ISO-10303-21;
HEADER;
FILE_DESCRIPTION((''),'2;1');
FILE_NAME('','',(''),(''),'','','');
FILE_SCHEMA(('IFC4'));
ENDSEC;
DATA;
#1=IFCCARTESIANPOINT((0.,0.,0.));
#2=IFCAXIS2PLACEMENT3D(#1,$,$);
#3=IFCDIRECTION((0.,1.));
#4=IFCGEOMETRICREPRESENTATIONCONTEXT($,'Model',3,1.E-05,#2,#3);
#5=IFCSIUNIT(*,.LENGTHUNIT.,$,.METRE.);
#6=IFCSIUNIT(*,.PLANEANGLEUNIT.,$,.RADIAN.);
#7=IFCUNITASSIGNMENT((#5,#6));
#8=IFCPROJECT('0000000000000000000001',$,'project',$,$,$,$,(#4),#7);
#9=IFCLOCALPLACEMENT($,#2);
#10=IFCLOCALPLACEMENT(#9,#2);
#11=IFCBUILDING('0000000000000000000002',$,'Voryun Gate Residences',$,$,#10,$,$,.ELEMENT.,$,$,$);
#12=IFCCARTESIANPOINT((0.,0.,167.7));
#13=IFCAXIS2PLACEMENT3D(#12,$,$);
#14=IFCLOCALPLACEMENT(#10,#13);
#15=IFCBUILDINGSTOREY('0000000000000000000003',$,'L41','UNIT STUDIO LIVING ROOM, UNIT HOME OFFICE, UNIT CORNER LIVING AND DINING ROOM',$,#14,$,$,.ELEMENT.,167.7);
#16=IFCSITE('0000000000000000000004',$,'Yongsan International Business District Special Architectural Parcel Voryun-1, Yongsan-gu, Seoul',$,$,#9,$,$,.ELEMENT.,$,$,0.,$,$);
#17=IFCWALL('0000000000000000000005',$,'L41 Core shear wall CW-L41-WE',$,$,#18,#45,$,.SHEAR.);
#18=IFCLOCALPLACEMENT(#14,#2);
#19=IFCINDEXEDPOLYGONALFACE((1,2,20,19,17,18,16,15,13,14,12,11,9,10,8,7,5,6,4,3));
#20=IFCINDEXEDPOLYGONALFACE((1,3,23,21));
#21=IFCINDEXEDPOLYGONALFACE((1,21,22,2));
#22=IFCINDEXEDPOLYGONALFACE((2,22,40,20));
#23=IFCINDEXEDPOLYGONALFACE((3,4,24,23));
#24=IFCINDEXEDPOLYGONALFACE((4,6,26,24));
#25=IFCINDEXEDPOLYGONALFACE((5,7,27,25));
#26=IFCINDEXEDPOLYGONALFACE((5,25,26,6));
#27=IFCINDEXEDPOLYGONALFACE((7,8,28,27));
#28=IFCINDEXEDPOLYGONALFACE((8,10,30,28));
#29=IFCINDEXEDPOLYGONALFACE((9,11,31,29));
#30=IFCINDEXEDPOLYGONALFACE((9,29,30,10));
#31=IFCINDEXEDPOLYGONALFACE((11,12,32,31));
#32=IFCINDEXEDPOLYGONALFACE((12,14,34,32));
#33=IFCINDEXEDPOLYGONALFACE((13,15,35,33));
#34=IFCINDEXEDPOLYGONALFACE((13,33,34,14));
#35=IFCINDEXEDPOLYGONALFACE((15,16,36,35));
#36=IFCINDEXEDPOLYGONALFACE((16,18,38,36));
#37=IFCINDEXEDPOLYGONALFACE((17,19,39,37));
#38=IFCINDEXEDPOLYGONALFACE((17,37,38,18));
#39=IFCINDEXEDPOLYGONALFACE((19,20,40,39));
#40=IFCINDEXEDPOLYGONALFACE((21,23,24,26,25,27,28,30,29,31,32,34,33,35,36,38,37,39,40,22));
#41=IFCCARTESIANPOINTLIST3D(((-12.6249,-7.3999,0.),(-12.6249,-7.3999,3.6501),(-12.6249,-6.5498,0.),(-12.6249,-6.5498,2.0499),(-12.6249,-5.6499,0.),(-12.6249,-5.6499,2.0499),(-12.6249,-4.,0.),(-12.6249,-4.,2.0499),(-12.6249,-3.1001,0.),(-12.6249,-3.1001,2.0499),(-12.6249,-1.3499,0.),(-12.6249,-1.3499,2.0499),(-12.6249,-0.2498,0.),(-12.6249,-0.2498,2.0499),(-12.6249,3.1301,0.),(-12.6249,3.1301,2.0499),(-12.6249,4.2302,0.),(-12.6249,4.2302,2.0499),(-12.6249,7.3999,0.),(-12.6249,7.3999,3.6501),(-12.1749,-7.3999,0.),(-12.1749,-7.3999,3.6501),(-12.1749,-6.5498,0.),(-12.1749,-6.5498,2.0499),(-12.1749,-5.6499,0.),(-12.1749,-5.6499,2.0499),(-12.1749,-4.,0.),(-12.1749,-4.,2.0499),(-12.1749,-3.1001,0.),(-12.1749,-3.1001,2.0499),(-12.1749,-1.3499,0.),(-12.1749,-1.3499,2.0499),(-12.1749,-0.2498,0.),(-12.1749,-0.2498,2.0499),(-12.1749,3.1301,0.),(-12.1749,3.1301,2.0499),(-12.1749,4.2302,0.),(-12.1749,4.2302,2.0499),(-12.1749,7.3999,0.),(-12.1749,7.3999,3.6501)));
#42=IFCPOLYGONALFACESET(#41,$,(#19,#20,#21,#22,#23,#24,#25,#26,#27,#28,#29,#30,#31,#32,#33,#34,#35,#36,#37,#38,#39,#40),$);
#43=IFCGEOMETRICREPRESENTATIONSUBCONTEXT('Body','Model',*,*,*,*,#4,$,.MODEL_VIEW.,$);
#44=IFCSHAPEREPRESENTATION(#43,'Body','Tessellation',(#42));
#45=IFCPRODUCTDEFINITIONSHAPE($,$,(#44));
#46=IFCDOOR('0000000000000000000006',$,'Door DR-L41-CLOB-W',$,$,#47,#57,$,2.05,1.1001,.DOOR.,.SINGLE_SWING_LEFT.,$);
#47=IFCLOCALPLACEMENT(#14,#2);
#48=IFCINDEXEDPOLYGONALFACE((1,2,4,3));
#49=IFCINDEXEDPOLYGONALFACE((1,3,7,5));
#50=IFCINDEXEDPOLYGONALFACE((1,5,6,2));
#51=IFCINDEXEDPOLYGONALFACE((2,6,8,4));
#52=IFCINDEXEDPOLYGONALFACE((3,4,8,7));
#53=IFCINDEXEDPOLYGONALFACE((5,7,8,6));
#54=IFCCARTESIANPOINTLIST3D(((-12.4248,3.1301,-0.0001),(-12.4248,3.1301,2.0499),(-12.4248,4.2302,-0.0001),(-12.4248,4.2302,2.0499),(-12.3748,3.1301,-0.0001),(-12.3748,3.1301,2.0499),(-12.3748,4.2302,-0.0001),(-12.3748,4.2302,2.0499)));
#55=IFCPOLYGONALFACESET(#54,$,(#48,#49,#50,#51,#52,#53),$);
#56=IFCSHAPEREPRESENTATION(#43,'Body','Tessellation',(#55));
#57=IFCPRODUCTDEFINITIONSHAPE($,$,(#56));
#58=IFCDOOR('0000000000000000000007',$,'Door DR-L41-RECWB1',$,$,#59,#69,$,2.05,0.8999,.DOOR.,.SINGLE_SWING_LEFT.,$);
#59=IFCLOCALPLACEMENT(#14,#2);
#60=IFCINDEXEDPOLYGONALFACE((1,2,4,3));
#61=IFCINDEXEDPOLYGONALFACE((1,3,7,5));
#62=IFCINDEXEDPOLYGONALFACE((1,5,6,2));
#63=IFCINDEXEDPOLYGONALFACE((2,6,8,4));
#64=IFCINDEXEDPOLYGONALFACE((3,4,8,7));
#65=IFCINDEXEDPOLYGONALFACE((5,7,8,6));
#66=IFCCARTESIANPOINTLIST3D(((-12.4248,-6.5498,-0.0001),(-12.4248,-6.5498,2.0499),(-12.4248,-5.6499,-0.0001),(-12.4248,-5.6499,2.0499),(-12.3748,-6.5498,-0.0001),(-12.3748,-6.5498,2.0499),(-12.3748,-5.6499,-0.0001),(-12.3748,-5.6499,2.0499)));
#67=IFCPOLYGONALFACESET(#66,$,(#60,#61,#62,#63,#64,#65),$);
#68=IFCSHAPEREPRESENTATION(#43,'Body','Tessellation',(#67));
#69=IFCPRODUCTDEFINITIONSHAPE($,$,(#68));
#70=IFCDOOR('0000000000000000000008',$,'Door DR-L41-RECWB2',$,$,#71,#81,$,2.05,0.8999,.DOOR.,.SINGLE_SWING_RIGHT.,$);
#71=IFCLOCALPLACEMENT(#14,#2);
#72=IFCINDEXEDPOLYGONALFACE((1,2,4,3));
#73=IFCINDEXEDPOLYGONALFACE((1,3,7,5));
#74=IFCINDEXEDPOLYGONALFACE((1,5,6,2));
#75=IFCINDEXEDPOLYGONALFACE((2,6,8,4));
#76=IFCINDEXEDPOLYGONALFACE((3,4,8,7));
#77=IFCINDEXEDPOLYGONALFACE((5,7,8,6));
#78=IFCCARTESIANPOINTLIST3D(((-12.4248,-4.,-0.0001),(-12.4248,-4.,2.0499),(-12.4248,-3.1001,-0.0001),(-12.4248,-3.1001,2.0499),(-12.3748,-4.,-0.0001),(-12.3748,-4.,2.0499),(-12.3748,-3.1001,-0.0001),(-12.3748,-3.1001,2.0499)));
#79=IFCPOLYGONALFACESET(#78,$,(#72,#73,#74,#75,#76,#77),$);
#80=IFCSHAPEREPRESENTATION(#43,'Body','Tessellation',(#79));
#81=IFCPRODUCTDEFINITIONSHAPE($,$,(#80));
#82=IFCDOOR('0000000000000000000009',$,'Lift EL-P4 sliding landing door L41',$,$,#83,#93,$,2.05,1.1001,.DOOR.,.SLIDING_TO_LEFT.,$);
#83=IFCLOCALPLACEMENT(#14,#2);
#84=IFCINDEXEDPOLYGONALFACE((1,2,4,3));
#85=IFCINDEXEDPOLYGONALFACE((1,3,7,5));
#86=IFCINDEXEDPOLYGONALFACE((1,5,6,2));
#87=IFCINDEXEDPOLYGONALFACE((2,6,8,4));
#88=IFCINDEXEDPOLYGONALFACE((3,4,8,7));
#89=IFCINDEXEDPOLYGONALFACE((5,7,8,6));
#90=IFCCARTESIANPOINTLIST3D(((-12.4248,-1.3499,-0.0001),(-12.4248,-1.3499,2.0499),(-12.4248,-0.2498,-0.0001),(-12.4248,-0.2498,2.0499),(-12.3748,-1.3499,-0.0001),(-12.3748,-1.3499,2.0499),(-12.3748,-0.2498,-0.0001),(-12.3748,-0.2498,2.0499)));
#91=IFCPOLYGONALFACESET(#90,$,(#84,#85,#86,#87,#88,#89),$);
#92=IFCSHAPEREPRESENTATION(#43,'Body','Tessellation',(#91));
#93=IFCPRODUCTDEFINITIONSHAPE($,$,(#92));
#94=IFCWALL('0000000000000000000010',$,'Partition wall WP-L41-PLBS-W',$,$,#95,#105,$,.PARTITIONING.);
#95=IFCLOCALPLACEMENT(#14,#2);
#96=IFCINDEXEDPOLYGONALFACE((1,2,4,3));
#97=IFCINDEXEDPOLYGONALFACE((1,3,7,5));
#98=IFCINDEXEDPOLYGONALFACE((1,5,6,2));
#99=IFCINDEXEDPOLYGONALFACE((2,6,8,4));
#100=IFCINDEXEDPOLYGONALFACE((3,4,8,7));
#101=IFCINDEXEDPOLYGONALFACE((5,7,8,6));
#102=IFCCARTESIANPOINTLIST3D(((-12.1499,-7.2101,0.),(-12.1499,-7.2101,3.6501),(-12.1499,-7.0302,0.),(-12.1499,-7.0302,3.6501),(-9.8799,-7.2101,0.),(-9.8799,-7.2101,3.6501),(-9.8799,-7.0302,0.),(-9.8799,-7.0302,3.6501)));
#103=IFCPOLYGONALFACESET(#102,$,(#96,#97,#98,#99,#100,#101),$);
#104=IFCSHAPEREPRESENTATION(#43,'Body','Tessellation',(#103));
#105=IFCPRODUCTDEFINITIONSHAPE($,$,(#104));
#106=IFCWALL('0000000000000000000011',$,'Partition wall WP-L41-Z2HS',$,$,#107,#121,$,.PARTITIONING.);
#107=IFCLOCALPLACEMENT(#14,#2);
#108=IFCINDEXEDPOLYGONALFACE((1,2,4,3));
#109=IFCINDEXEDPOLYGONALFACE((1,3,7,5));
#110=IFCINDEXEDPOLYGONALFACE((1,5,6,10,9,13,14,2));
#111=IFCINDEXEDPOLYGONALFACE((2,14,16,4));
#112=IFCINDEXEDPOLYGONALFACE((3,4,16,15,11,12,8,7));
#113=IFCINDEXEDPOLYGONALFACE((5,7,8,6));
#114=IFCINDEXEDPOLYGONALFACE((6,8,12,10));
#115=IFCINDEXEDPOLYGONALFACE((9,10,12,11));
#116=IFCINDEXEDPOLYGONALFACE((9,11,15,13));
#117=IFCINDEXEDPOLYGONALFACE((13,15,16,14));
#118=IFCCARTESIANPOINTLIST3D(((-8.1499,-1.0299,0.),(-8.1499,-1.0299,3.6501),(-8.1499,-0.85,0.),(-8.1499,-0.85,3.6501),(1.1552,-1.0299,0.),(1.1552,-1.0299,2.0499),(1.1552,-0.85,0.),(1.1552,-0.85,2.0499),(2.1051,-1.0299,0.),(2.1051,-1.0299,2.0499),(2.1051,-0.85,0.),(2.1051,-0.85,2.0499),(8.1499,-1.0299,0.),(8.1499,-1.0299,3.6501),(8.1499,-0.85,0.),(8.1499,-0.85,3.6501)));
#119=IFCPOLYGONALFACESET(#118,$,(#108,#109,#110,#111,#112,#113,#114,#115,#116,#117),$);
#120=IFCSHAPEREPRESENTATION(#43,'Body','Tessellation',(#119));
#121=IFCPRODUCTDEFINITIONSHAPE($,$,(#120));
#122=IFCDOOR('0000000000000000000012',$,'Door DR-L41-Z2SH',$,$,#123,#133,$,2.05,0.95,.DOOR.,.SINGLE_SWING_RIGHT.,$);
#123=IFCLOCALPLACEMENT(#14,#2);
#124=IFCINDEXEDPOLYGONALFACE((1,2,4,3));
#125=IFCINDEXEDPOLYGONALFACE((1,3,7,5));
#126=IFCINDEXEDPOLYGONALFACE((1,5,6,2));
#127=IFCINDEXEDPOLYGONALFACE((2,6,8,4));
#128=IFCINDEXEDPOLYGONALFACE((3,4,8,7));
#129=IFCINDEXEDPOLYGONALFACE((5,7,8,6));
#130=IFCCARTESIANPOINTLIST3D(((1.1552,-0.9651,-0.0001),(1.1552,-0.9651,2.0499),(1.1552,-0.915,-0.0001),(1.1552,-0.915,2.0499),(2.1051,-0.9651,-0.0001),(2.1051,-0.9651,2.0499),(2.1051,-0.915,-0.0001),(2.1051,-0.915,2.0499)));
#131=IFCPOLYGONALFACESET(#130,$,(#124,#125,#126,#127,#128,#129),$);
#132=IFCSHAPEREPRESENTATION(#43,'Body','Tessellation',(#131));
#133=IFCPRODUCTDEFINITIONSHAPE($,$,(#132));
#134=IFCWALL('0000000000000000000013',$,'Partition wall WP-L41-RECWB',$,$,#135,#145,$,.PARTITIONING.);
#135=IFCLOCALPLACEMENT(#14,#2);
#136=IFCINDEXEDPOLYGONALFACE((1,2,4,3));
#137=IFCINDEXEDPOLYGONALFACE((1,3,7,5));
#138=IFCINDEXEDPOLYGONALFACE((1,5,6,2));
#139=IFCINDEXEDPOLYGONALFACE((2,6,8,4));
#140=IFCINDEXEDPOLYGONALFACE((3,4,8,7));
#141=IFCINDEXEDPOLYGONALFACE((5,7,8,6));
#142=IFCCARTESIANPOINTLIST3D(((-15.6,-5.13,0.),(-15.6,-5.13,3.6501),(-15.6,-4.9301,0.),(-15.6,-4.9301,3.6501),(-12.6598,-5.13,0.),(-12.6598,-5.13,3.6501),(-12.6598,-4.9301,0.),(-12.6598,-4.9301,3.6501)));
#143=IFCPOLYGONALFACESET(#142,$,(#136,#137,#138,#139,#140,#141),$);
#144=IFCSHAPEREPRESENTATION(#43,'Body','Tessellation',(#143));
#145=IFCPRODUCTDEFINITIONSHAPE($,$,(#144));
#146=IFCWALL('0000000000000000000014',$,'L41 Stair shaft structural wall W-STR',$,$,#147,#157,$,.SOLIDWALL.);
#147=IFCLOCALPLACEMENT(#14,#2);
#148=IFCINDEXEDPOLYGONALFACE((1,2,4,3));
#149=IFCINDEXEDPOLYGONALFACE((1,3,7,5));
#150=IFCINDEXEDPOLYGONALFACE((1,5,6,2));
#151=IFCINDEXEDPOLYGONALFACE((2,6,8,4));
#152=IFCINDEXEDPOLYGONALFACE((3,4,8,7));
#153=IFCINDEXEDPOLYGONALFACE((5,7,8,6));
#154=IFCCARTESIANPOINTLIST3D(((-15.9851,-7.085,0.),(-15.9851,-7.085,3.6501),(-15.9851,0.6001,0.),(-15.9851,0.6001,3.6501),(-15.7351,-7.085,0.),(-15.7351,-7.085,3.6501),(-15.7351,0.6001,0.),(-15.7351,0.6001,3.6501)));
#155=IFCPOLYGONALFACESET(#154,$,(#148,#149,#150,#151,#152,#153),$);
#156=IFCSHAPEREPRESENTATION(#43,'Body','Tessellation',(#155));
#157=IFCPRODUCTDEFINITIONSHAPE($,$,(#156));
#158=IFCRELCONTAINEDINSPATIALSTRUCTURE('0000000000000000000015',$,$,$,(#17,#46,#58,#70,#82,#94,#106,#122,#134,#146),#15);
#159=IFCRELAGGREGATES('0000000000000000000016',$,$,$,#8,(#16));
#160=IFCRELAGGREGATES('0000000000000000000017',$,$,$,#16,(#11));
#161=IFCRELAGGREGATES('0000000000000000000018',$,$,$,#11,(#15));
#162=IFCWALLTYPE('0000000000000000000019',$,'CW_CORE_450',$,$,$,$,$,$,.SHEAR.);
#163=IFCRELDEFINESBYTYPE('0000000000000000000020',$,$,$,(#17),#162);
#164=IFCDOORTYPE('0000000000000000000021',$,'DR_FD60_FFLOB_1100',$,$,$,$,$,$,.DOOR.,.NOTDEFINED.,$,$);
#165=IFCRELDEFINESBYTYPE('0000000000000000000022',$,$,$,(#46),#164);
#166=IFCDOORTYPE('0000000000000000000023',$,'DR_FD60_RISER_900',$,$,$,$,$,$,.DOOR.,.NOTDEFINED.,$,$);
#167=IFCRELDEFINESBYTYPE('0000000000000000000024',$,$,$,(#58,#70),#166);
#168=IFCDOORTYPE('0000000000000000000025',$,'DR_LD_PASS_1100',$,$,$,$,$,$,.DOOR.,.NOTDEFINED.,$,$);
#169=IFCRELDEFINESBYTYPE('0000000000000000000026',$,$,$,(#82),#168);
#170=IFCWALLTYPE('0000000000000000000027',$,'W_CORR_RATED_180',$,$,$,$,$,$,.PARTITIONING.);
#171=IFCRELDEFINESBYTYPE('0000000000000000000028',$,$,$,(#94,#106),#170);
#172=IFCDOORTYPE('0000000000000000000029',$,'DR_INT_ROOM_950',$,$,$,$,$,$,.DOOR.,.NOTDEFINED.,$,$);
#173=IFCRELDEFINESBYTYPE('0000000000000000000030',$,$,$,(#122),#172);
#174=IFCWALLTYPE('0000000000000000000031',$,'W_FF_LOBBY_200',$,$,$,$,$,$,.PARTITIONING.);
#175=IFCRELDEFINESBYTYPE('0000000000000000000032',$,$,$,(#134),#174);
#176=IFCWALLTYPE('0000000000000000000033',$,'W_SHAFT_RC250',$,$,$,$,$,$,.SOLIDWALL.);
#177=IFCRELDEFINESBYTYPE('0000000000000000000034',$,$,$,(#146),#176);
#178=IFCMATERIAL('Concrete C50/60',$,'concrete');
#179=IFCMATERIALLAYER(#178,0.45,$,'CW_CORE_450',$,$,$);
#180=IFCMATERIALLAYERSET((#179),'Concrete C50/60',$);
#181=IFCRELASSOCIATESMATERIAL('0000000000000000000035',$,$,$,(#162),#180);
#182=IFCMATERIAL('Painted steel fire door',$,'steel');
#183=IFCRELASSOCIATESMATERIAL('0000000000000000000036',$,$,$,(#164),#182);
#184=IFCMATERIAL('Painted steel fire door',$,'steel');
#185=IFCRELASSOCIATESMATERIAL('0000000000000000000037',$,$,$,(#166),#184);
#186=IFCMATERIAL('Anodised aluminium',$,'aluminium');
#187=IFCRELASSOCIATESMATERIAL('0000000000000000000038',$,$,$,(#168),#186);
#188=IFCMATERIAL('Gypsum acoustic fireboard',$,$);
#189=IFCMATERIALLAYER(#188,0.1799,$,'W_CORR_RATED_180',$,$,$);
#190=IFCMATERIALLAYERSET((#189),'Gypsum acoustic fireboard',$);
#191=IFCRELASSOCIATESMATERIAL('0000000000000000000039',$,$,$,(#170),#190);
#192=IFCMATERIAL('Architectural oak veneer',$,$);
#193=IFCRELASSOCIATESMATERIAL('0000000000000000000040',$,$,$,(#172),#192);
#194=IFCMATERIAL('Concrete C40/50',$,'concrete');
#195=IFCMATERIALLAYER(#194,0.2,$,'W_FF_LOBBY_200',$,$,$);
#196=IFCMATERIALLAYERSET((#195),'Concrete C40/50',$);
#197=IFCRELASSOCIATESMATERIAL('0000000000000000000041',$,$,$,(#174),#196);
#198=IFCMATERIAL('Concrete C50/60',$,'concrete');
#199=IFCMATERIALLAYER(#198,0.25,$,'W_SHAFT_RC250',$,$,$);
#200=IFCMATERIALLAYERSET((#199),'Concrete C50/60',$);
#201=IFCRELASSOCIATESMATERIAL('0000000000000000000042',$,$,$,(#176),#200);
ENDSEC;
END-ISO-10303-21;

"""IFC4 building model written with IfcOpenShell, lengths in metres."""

from ifc_helpers import new_model, si_unit, direction, frame, frame_2d, origin, place, context, subcontext, project, spatial, rectangle, extrude, material, layer, layer_set, type_object, element, fill, save


model = new_model("IFC4")

# Units and contexts
model_context = context("Model", 3, precision=1e-05, world=origin(), true_north=direction((0.0, 1.0)))
body_context = subcontext(model_context, "Body", "Model", "MODEL_VIEW")
ifc_project = project(units=[si_unit("LENGTHUNIT", "METRE"), si_unit("PLANEANGLEUNIT", "RADIAN")], contexts=[model_context])

# Site, building, storey
site_placement = place(None, origin())
site = spatial("IfcSite", under=ifc_project, at=site_placement, Name="Yongsan International Business District Special Architectural Parcel Voryun-1, Yongsan-gu, Seoul", CompositionType="ELEMENT", RefElevation=0.0)
building_placement = place(site_placement, origin())
building = spatial("IfcBuilding", under=site, at=building_placement, Name="Voryun Gate Residences", CompositionType="ELEMENT")
storey_placement = place(building_placement, frame((0.0, 0.0, 167.7)))
storey = spatial("IfcBuildingStorey", under=building, at=storey_placement, Name="L41", Description="UNIT STUDIO LIVING ROOM, UNIT HOME OFFICE, UNIT CORNER LIVING AND DINING ROOM", CompositionType="ELEMENT", Elevation=167.7)

# Wall, openings, doors
ifc_material_1 = material(Name="Concrete C50/60", Category="concrete")
ifc_layer_1 = layer(ifc_material_1, 0.45, Name="CW_CORE_450")
ifc_layer_set_1 = layer_set([ifc_layer_1], Name="Concrete C50/60")
wall_type_1 = type_object("IfcWallType", Name="CW_CORE_450", PredefinedType="SHEAR", material=ifc_layer_set_1)
wall_1_placement = place(storey_placement, frame((-12.3999, -7.3999, 0.0), z_axis=(0.0, 0.0, 1.0), x_axis=(0.0, 1.0, 0.0)))
wall_1 = element("IfcWall", 1, at=wall_1_placement, inside=storey, type_object=wall_type_1, Name="L41 Core shear wall CW-L41-WE", PredefinedType="SHEAR", context=body_context, shape_type="SweptSolid", body=[
    extrude(rectangle(XDim=14.7998, YDim=0.45, at=frame_2d((7.3999, 0.0))), origin(), (0.0, 0.0, 1.0), 3.6501),
])
opening_1_placement = place(wall_1_placement, frame((6.05, 0.0, 0.0)))
opening_1 = element("IfcOpeningElement", 2, at=opening_1_placement, cuts=wall_1, PredefinedType="OPENING", context=body_context, shape_type="SweptSolid", body=[
    extrude(rectangle(XDim=1.1001, YDim=2.05, at=frame_2d((0.55, 1.0249))), frame((0.0, 0.2351, 0.0), z_axis=(0.0, -1.0, 0.0), x_axis=(1.0, 0.0, 0.0)), (0.0, 0.0, 1.0), 0.47),
])
opening_2_placement = place(wall_1_placement, frame((10.53, 0.0, 0.0)))
opening_2 = element("IfcOpeningElement", 3, at=opening_2_placement, cuts=wall_1, PredefinedType="OPENING", context=body_context, shape_type="SweptSolid", body=[
    extrude(rectangle(XDim=1.1001, YDim=2.05, at=frame_2d((0.55, 1.0249))), frame((0.0, 0.2351, 0.0), z_axis=(0.0, -1.0, 0.0), x_axis=(1.0, 0.0, 0.0)), (0.0, 0.0, 1.0), 0.47),
])
opening_3_placement = place(wall_1_placement, frame((0.8501, 0.0, 0.0)))
opening_3 = element("IfcOpeningElement", 4, at=opening_3_placement, cuts=wall_1, PredefinedType="OPENING", context=body_context, shape_type="SweptSolid", body=[
    extrude(rectangle(XDim=0.8999, YDim=2.05, at=frame_2d((0.45, 1.0249))), frame((0.0, 0.2351, 0.0), z_axis=(0.0, -1.0, 0.0), x_axis=(1.0, 0.0, 0.0)), (0.0, 0.0, 1.0), 0.47),
])
opening_4_placement = place(wall_1_placement, frame((3.3999, 0.0, 0.0)))
opening_4 = element("IfcOpeningElement", 5, at=opening_4_placement, cuts=wall_1, PredefinedType="OPENING", context=body_context, shape_type="SweptSolid", body=[
    extrude(rectangle(XDim=0.8999, YDim=2.05, at=frame_2d((0.45, 1.0249))), frame((0.0, 0.2351, 0.0), z_axis=(0.0, -1.0, 0.0), x_axis=(1.0, 0.0, 0.0)), (0.0, 0.0, 1.0), 0.47),
])
ifc_material_2 = material(Name="Painted steel fire door", Category="steel")
door_type_1 = type_object("IfcDoorType", Name="DR_FD60_FFLOB_1100", OperationType="NOTDEFINED", PredefinedType="DOOR", material=ifc_material_2)
door_1_placement = place(opening_2_placement, origin())
door_1 = element("IfcDoor", 6, at=door_1_placement, inside=storey, type_object=door_type_1, Name="Door DR-L41-CLOB-W", OperationType="SINGLE_SWING_LEFT", OverallHeight=2.05, OverallWidth=1.1001, PredefinedType="DOOR", context=body_context, shape_type="SweptSolid", body=[
    extrude(rectangle(XDim=1.1001, YDim=2.05, at=frame_2d((0.55, 1.0249))), frame((0.0, 0.0249, 0.0), z_axis=(0.0, -1.0, 0.0), x_axis=(1.0, 0.0, 0.0)), (0.0, 0.0, 1.0), 0.05),
])
fill(opening_2, door_1)
ifc_material_3 = material(Name="Painted steel fire door", Category="steel")
door_type_2 = type_object("IfcDoorType", Name="DR_FD60_RISER_900", OperationType="NOTDEFINED", PredefinedType="DOOR", material=ifc_material_3)
door_2_placement = place(opening_3_placement, origin())
door_2 = element("IfcDoor", 7, at=door_2_placement, inside=storey, type_object=door_type_2, Name="Door DR-L41-RECWB1", OperationType="SINGLE_SWING_LEFT", OverallHeight=2.05, OverallWidth=0.8999, PredefinedType="DOOR", context=body_context, shape_type="SweptSolid", body=[
    extrude(rectangle(XDim=0.8999, YDim=2.05, at=frame_2d((0.45, 1.0249))), frame((0.0, 0.0249, 0.0), z_axis=(0.0, -1.0, 0.0), x_axis=(1.0, 0.0, 0.0)), (0.0, 0.0, 1.0), 0.05),
])
fill(opening_3, door_2)
door_3_placement = place(opening_4_placement, origin())
door_3 = element("IfcDoor", 8, at=door_3_placement, inside=storey, type_object=door_type_2, Name="Door DR-L41-RECWB2", OperationType="SINGLE_SWING_RIGHT", OverallHeight=2.05, OverallWidth=0.8999, PredefinedType="DOOR", context=body_context, shape_type="SweptSolid", body=[
    extrude(rectangle(XDim=0.8999, YDim=2.05, at=frame_2d((0.45, 1.0249))), frame((0.0, 0.0249, 0.0), z_axis=(0.0, -1.0, 0.0), x_axis=(1.0, 0.0, 0.0)), (0.0, 0.0, 1.0), 0.05),
])
fill(opening_4, door_3)
ifc_material_4 = material(Name="Anodised aluminium", Category="aluminium")
door_type_3 = type_object("IfcDoorType", Name="DR_LD_PASS_1100", OperationType="NOTDEFINED", PredefinedType="DOOR", material=ifc_material_4)
door_4_placement = place(opening_1_placement, origin())
door_4 = element("IfcDoor", 9, at=door_4_placement, inside=storey, type_object=door_type_3, Name="Lift EL-P4 sliding landing door L41", OperationType="SLIDING_TO_LEFT", OverallHeight=2.05, OverallWidth=1.1001, PredefinedType="DOOR", context=body_context, shape_type="SweptSolid", body=[
    extrude(rectangle(XDim=1.1001, YDim=2.05, at=frame_2d((0.55, 1.0249))), frame((0.0, 0.0249, 0.0), z_axis=(0.0, -1.0, 0.0), x_axis=(1.0, 0.0, 0.0)), (0.0, 0.0, 1.0), 0.05),
])
fill(opening_1, door_4)

# Wall
ifc_material_5 = material(Name="Gypsum acoustic fireboard")
ifc_layer_2 = layer(ifc_material_5, 0.1799, Name="W_CORR_RATED_180")
ifc_layer_set_2 = layer_set([ifc_layer_2], Name="Gypsum acoustic fireboard")
wall_type_2 = type_object("IfcWallType", Name="W_CORR_RATED_180", PredefinedType="PARTITIONING", material=ifc_layer_set_2)
wall_2_placement = place(storey_placement, frame((-12.1499, -7.1201, 0.0), z_axis=(0.0, 0.0, 1.0), x_axis=(1.0, 0.0, 0.0)))
element("IfcWall", 10, at=wall_2_placement, inside=storey, type_object=wall_type_2, Name="Partition wall WP-L41-PLBS-W", PredefinedType="PARTITIONING", context=body_context, shape_type="SweptSolid", body=[
    extrude(rectangle(XDim=2.27, YDim=0.1799, at=frame_2d((1.135, 0.0))), origin(), (0.0, 0.0, 1.0), 3.6501),
])

# Wall, opening, door
wall_3_placement = place(storey_placement, frame((-8.1499, -0.9399, 0.0), z_axis=(0.0, 0.0, 1.0), x_axis=(1.0, 0.0, 0.0)))
wall_3 = element("IfcWall", 11, at=wall_3_placement, inside=storey, type_object=wall_type_2, Name="Partition wall WP-L41-Z2HS", PredefinedType="PARTITIONING", context=body_context, shape_type="SweptSolid", body=[
    extrude(rectangle(XDim=16.2998, YDim=0.1799, at=frame_2d((8.1499, 0.0))), origin(), (0.0, 0.0, 1.0), 3.6501),
])
opening_5_placement = place(wall_3_placement, frame((9.3049, 0.0, 0.0)))
opening_5 = element("IfcOpeningElement", 12, at=opening_5_placement, cuts=wall_3, PredefinedType="OPENING", context=body_context, shape_type="SweptSolid", body=[
    extrude(rectangle(XDim=0.95, YDim=2.05, at=frame_2d((0.4751, 1.0249))), frame((0.0, 0.0999, 0.0), z_axis=(0.0, -1.0, 0.0), x_axis=(1.0, 0.0, 0.0)), (0.0, 0.0, 1.0), 0.2),
])
ifc_material_6 = material(Name="Architectural oak veneer")
door_type_4 = type_object("IfcDoorType", Name="DR_INT_ROOM_950", OperationType="NOTDEFINED", PredefinedType="DOOR", material=ifc_material_6)
door_5_placement = place(opening_5_placement, origin())
door_5 = element("IfcDoor", 13, at=door_5_placement, inside=storey, type_object=door_type_4, Name="Door DR-L41-Z2SH", OperationType="SINGLE_SWING_RIGHT", OverallHeight=2.05, OverallWidth=0.95, PredefinedType="DOOR", context=body_context, shape_type="SweptSolid", body=[
    extrude(rectangle(XDim=0.95, YDim=2.05, at=frame_2d((0.4751, 1.0249))), frame((0.0, 0.0249, 0.0), z_axis=(0.0, -1.0, 0.0), x_axis=(1.0, 0.0, 0.0)), (0.0, 0.0, 1.0), 0.05),
])
fill(opening_5, door_5)

# Walls
ifc_material_7 = material(Name="Concrete C40/50", Category="concrete")
ifc_layer_3 = layer(ifc_material_7, 0.2, Name="W_FF_LOBBY_200")
ifc_layer_set_3 = layer_set([ifc_layer_3], Name="Concrete C40/50")
wall_type_3 = type_object("IfcWallType", Name="W_FF_LOBBY_200", PredefinedType="PARTITIONING", material=ifc_layer_set_3)
wall_4_placement = place(storey_placement, frame((-15.6001, -5.03, 0.0), z_axis=(0.0, 0.0, 1.0), x_axis=(1.0, 0.0, 0.0)))
element("IfcWall", 14, at=wall_4_placement, inside=storey, type_object=wall_type_3, Name="Partition wall WP-L41-RECWB", PredefinedType="PARTITIONING", context=body_context, shape_type="SweptSolid", body=[
    extrude(rectangle(XDim=2.9402, YDim=0.2, at=frame_2d((1.4702, 0.0))), origin(), (0.0, 0.0, 1.0), 3.6501),
])
ifc_material_8 = material(Name="Concrete C50/60", Category="concrete")
ifc_layer_4 = layer(ifc_material_8, 0.25, Name="W_SHAFT_RC250")
ifc_layer_set_4 = layer_set([ifc_layer_4], Name="Concrete C50/60")
wall_type_4 = type_object("IfcWallType", Name="W_SHAFT_RC250", PredefinedType="SOLIDWALL", material=ifc_layer_set_4)
wall_5_placement = place(storey_placement, frame((-15.8601, -7.085, 0.0), z_axis=(0.0, 0.0, 1.0), x_axis=(0.0, 1.0, 0.0)))
element("IfcWall", 15, at=wall_5_placement, inside=storey, type_object=wall_type_4, Name="L41 Stair shaft structural wall W-STR", PredefinedType="SOLIDWALL", context=body_context, shape_type="SweptSolid", body=[
    extrude(rectangle(XDim=7.6851, YDim=0.25, at=frame_2d((3.8425, 0.0))), origin(), (0.0, 0.0, 1.0), 3.6501),
])

save(model, "model.ifc")
